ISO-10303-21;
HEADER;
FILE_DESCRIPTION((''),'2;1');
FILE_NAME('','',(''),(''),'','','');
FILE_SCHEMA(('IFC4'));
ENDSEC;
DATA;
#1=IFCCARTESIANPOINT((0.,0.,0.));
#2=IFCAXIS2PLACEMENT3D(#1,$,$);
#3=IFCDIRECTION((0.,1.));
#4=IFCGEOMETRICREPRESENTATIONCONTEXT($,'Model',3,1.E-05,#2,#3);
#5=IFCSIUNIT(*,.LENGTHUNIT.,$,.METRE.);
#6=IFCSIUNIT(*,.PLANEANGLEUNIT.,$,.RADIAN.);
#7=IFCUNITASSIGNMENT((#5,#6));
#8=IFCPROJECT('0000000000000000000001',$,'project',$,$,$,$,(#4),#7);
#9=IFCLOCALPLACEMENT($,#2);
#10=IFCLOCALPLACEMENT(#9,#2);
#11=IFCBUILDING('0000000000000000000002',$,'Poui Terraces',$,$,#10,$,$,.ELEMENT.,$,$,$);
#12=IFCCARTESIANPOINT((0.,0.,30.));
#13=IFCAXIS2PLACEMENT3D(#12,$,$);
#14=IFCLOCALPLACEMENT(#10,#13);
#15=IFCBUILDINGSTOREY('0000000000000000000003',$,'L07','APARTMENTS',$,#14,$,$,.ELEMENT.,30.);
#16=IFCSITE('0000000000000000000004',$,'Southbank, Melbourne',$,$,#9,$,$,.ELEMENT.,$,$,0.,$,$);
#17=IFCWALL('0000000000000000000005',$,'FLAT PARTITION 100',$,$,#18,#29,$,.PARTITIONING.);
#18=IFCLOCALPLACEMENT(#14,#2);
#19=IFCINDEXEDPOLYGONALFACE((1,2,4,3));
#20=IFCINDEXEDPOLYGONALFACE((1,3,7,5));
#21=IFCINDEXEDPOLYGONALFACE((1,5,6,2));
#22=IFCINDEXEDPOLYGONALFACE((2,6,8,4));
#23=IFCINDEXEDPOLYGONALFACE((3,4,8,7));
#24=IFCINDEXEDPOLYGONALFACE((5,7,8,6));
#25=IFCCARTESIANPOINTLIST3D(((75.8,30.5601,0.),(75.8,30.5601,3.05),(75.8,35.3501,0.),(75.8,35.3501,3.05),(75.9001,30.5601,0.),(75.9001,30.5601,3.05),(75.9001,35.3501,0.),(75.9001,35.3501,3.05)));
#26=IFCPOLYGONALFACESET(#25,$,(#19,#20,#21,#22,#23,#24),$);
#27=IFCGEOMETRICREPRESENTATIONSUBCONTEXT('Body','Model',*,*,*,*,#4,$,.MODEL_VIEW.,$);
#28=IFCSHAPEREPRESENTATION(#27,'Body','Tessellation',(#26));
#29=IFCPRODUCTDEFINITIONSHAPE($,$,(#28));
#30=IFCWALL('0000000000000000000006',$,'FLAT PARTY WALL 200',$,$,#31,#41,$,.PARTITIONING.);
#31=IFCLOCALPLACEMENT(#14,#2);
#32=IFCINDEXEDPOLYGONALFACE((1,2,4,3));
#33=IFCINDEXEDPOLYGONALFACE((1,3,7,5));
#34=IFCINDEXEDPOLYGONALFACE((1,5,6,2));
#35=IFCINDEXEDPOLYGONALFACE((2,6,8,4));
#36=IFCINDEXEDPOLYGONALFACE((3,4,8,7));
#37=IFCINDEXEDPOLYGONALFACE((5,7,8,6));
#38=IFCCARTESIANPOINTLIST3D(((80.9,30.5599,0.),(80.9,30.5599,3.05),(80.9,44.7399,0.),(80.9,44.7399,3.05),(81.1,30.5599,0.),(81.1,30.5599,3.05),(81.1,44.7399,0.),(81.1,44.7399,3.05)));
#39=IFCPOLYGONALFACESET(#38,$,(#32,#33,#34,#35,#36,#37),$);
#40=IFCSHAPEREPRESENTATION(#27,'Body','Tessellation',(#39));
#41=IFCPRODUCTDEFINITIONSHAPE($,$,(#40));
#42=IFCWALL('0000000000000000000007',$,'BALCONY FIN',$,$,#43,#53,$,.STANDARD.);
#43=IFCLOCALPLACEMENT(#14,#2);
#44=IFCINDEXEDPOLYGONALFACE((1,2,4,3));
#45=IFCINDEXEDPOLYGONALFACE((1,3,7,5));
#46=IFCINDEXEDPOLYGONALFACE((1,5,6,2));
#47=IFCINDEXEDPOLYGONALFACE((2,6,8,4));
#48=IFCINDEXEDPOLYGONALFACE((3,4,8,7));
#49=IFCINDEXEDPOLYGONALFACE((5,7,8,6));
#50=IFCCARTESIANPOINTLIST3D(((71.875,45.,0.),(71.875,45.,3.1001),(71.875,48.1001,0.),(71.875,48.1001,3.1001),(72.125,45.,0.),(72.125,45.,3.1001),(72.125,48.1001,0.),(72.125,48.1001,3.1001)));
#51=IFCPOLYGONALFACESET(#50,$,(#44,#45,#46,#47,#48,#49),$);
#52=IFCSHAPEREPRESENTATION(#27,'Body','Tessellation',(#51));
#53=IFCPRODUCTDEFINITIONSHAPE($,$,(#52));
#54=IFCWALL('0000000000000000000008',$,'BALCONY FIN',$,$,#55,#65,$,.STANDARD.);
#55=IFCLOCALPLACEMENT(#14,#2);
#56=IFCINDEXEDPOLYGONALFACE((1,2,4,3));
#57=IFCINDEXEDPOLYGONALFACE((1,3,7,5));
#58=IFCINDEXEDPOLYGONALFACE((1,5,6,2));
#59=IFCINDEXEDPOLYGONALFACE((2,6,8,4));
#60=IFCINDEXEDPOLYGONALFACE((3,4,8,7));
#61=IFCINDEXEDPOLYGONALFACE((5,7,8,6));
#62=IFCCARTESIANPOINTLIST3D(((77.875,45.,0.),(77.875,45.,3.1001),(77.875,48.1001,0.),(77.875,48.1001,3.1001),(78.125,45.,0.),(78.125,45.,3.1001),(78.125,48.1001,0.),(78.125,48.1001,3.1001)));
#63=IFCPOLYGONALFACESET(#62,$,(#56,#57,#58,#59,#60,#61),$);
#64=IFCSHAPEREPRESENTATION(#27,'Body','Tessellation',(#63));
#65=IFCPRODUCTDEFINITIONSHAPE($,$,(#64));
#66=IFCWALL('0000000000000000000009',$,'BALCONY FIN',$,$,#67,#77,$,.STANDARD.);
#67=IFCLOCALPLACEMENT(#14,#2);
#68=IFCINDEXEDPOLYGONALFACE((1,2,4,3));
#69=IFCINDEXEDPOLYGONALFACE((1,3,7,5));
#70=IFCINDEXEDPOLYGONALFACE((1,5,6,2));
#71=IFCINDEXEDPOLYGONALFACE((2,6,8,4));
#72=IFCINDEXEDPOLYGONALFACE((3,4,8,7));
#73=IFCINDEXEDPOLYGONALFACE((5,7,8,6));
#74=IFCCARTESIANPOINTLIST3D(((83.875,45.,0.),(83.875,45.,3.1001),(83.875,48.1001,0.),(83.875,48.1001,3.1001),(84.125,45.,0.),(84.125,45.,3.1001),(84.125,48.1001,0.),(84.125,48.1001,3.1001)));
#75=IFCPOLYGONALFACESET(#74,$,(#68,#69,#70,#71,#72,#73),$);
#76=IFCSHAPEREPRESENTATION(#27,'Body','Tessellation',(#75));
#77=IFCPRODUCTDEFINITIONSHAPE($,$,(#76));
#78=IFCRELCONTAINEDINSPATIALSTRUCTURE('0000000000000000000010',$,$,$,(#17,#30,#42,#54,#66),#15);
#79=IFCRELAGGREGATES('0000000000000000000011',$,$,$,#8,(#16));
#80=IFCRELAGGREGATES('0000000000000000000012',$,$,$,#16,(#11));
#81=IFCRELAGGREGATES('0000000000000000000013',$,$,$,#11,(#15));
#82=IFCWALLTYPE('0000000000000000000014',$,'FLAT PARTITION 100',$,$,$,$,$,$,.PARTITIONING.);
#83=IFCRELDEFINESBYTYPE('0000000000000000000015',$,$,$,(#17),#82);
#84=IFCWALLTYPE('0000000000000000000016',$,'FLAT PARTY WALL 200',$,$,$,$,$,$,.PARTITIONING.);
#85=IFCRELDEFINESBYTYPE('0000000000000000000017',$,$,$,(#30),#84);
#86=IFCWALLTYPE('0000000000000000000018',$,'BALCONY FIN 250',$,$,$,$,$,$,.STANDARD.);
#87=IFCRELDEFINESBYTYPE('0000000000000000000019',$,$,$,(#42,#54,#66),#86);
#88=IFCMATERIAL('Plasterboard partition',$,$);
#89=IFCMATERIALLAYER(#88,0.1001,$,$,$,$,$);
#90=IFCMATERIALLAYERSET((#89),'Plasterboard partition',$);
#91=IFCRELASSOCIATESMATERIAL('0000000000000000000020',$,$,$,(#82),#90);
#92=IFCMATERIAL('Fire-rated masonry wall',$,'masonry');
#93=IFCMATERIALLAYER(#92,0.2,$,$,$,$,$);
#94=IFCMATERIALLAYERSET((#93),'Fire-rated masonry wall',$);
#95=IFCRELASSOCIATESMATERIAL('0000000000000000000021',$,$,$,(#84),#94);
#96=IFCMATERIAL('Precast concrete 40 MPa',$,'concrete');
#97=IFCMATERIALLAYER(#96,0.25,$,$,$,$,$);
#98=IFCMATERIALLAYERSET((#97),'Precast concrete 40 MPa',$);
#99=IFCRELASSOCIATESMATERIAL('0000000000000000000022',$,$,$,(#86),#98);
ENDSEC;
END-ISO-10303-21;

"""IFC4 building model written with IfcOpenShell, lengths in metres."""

from ifc_helpers import new_model, si_unit, direction, frame, frame_2d, origin, place, context, subcontext, project, spatial, polyline, rectangle, outline, extrude, source, transform, mapped, material, layer, layer_set, type_object, element, save


model = new_model("IFC4")

# Units and contexts
model_context = context("Model", 3, precision=1e-05, world=origin(), true_north=direction((0.0, 1.0)))
body_context = subcontext(model_context, "Body", "Model", "MODEL_VIEW")
ifc_project = project(units=[si_unit("LENGTHUNIT", "METRE"), si_unit("PLANEANGLEUNIT", "RADIAN")], contexts=[model_context])

# Site, building, storey
site_placement = place(None, origin())
site = spatial("IfcSite", under=ifc_project, at=site_placement, Name="Southbank, Melbourne", CompositionType="ELEMENT", RefElevation=0.0)
building_placement = place(site_placement, origin())
building = spatial("IfcBuilding", under=site, at=building_placement, Name="Poui Terraces", CompositionType="ELEMENT")
storey_placement = place(building_placement, frame((0.0, 0.0, 30.0)))
storey = spatial("IfcBuildingStorey", under=building, at=storey_placement, Name="L07", Description="APARTMENTS", CompositionType="ELEMENT", Elevation=30.0)

# Shared definitions
ifc_material_1 = material(Name="Plasterboard partition")
ifc_layer_1 = layer(ifc_material_1, 0.1001)
ifc_layer_set_1 = layer_set([ifc_layer_1], Name="Plasterboard partition")
wall_type_1 = type_object("IfcWallType", Name="FLAT PARTITION 100", PredefinedType="PARTITIONING", material=ifc_layer_set_1)

# Walls
for number, where, z_axis, x_axis, name in (
    (1, (75.8501, 30.5601, 0.0), (0.0, 0.0, 1.0), (0.0, 1.0, 0.0), "FLAT PARTITION 100"),
):
    element("IfcWall", number, at=place(storey_placement, frame(where, z_axis=z_axis, x_axis=x_axis)), inside=storey, type_object=wall_type_1, Name=name, PredefinedType="PARTITIONING", context=body_context, shape_type="SweptSolid", body=[
        extrude(rectangle(XDim=4.79, YDim=0.1001, at=frame_2d((2.395, 0.0))), origin(), (0.0, 0.0, 1.0), 3.05),
    ])
ifc_material_2 = material(Name="Fire-rated masonry wall", Category="masonry")
ifc_layer_2 = layer(ifc_material_2, 0.2)
ifc_layer_set_2 = layer_set([ifc_layer_2], Name="Fire-rated masonry wall")
wall_type_2 = type_object("IfcWallType", Name="FLAT PARTY WALL 200", PredefinedType="PARTITIONING", material=ifc_layer_set_2)
wall_1_placement = place(storey_placement, frame((81.0, 30.5601, 0.0), z_axis=(0.0, 0.0, 1.0), x_axis=(0.0, 1.0, 0.0)))
element("IfcWall", 2, at=wall_1_placement, inside=storey, type_object=wall_type_2, Name="FLAT PARTY WALL 200", PredefinedType="PARTITIONING", context=body_context, shape_type="SweptSolid", body=[
    extrude(rectangle(XDim=14.1799, YDim=0.2, at=frame_2d((7.0898, 0.0))), origin(), (0.0, 0.0, 1.0), 3.05),
])
ifc_material_3 = material(Name="Precast concrete 40 MPa", Category="concrete")
ifc_layer_3 = layer(ifc_material_3, 0.25)
ifc_layer_set_3 = layer_set([ifc_layer_3], Name="Precast concrete 40 MPa")
wall_type_3 = type_object("IfcWallType", Name="BALCONY FIN 250", PredefinedType="STANDARD", material=ifc_layer_set_3)
shared_shape_1 = source(origin(), body_context, "Body", "SweptSolid", [
    extrude(outline(polyline([(0.0, 0.0), (0.25, 0.0), (0.25, 3.1001), (0.0, 3.1001), (0.0, 0.0)])), origin(), (0.0, 0.0, 1.0), 3.1001),
])
for number, where, name in (
    (3, (71.875, 45.0, 0.0), "BALCONY FIN"),
    (4, (77.875, 45.0, 0.0), "BALCONY FIN"),
    (5, (83.875, 45.0, 0.0), "BALCONY FIN"),
):
    element("IfcWall", number, at=place(storey_placement, frame(where)), inside=storey, type_object=wall_type_3, Name=name, PredefinedType="STANDARD", context=body_context, shape_type="MappedRepresentation", body=[
        mapped(shared_shape_1, transform((0.0, 0.0, 0.0))),
    ])

save(model, "model.ifc")
